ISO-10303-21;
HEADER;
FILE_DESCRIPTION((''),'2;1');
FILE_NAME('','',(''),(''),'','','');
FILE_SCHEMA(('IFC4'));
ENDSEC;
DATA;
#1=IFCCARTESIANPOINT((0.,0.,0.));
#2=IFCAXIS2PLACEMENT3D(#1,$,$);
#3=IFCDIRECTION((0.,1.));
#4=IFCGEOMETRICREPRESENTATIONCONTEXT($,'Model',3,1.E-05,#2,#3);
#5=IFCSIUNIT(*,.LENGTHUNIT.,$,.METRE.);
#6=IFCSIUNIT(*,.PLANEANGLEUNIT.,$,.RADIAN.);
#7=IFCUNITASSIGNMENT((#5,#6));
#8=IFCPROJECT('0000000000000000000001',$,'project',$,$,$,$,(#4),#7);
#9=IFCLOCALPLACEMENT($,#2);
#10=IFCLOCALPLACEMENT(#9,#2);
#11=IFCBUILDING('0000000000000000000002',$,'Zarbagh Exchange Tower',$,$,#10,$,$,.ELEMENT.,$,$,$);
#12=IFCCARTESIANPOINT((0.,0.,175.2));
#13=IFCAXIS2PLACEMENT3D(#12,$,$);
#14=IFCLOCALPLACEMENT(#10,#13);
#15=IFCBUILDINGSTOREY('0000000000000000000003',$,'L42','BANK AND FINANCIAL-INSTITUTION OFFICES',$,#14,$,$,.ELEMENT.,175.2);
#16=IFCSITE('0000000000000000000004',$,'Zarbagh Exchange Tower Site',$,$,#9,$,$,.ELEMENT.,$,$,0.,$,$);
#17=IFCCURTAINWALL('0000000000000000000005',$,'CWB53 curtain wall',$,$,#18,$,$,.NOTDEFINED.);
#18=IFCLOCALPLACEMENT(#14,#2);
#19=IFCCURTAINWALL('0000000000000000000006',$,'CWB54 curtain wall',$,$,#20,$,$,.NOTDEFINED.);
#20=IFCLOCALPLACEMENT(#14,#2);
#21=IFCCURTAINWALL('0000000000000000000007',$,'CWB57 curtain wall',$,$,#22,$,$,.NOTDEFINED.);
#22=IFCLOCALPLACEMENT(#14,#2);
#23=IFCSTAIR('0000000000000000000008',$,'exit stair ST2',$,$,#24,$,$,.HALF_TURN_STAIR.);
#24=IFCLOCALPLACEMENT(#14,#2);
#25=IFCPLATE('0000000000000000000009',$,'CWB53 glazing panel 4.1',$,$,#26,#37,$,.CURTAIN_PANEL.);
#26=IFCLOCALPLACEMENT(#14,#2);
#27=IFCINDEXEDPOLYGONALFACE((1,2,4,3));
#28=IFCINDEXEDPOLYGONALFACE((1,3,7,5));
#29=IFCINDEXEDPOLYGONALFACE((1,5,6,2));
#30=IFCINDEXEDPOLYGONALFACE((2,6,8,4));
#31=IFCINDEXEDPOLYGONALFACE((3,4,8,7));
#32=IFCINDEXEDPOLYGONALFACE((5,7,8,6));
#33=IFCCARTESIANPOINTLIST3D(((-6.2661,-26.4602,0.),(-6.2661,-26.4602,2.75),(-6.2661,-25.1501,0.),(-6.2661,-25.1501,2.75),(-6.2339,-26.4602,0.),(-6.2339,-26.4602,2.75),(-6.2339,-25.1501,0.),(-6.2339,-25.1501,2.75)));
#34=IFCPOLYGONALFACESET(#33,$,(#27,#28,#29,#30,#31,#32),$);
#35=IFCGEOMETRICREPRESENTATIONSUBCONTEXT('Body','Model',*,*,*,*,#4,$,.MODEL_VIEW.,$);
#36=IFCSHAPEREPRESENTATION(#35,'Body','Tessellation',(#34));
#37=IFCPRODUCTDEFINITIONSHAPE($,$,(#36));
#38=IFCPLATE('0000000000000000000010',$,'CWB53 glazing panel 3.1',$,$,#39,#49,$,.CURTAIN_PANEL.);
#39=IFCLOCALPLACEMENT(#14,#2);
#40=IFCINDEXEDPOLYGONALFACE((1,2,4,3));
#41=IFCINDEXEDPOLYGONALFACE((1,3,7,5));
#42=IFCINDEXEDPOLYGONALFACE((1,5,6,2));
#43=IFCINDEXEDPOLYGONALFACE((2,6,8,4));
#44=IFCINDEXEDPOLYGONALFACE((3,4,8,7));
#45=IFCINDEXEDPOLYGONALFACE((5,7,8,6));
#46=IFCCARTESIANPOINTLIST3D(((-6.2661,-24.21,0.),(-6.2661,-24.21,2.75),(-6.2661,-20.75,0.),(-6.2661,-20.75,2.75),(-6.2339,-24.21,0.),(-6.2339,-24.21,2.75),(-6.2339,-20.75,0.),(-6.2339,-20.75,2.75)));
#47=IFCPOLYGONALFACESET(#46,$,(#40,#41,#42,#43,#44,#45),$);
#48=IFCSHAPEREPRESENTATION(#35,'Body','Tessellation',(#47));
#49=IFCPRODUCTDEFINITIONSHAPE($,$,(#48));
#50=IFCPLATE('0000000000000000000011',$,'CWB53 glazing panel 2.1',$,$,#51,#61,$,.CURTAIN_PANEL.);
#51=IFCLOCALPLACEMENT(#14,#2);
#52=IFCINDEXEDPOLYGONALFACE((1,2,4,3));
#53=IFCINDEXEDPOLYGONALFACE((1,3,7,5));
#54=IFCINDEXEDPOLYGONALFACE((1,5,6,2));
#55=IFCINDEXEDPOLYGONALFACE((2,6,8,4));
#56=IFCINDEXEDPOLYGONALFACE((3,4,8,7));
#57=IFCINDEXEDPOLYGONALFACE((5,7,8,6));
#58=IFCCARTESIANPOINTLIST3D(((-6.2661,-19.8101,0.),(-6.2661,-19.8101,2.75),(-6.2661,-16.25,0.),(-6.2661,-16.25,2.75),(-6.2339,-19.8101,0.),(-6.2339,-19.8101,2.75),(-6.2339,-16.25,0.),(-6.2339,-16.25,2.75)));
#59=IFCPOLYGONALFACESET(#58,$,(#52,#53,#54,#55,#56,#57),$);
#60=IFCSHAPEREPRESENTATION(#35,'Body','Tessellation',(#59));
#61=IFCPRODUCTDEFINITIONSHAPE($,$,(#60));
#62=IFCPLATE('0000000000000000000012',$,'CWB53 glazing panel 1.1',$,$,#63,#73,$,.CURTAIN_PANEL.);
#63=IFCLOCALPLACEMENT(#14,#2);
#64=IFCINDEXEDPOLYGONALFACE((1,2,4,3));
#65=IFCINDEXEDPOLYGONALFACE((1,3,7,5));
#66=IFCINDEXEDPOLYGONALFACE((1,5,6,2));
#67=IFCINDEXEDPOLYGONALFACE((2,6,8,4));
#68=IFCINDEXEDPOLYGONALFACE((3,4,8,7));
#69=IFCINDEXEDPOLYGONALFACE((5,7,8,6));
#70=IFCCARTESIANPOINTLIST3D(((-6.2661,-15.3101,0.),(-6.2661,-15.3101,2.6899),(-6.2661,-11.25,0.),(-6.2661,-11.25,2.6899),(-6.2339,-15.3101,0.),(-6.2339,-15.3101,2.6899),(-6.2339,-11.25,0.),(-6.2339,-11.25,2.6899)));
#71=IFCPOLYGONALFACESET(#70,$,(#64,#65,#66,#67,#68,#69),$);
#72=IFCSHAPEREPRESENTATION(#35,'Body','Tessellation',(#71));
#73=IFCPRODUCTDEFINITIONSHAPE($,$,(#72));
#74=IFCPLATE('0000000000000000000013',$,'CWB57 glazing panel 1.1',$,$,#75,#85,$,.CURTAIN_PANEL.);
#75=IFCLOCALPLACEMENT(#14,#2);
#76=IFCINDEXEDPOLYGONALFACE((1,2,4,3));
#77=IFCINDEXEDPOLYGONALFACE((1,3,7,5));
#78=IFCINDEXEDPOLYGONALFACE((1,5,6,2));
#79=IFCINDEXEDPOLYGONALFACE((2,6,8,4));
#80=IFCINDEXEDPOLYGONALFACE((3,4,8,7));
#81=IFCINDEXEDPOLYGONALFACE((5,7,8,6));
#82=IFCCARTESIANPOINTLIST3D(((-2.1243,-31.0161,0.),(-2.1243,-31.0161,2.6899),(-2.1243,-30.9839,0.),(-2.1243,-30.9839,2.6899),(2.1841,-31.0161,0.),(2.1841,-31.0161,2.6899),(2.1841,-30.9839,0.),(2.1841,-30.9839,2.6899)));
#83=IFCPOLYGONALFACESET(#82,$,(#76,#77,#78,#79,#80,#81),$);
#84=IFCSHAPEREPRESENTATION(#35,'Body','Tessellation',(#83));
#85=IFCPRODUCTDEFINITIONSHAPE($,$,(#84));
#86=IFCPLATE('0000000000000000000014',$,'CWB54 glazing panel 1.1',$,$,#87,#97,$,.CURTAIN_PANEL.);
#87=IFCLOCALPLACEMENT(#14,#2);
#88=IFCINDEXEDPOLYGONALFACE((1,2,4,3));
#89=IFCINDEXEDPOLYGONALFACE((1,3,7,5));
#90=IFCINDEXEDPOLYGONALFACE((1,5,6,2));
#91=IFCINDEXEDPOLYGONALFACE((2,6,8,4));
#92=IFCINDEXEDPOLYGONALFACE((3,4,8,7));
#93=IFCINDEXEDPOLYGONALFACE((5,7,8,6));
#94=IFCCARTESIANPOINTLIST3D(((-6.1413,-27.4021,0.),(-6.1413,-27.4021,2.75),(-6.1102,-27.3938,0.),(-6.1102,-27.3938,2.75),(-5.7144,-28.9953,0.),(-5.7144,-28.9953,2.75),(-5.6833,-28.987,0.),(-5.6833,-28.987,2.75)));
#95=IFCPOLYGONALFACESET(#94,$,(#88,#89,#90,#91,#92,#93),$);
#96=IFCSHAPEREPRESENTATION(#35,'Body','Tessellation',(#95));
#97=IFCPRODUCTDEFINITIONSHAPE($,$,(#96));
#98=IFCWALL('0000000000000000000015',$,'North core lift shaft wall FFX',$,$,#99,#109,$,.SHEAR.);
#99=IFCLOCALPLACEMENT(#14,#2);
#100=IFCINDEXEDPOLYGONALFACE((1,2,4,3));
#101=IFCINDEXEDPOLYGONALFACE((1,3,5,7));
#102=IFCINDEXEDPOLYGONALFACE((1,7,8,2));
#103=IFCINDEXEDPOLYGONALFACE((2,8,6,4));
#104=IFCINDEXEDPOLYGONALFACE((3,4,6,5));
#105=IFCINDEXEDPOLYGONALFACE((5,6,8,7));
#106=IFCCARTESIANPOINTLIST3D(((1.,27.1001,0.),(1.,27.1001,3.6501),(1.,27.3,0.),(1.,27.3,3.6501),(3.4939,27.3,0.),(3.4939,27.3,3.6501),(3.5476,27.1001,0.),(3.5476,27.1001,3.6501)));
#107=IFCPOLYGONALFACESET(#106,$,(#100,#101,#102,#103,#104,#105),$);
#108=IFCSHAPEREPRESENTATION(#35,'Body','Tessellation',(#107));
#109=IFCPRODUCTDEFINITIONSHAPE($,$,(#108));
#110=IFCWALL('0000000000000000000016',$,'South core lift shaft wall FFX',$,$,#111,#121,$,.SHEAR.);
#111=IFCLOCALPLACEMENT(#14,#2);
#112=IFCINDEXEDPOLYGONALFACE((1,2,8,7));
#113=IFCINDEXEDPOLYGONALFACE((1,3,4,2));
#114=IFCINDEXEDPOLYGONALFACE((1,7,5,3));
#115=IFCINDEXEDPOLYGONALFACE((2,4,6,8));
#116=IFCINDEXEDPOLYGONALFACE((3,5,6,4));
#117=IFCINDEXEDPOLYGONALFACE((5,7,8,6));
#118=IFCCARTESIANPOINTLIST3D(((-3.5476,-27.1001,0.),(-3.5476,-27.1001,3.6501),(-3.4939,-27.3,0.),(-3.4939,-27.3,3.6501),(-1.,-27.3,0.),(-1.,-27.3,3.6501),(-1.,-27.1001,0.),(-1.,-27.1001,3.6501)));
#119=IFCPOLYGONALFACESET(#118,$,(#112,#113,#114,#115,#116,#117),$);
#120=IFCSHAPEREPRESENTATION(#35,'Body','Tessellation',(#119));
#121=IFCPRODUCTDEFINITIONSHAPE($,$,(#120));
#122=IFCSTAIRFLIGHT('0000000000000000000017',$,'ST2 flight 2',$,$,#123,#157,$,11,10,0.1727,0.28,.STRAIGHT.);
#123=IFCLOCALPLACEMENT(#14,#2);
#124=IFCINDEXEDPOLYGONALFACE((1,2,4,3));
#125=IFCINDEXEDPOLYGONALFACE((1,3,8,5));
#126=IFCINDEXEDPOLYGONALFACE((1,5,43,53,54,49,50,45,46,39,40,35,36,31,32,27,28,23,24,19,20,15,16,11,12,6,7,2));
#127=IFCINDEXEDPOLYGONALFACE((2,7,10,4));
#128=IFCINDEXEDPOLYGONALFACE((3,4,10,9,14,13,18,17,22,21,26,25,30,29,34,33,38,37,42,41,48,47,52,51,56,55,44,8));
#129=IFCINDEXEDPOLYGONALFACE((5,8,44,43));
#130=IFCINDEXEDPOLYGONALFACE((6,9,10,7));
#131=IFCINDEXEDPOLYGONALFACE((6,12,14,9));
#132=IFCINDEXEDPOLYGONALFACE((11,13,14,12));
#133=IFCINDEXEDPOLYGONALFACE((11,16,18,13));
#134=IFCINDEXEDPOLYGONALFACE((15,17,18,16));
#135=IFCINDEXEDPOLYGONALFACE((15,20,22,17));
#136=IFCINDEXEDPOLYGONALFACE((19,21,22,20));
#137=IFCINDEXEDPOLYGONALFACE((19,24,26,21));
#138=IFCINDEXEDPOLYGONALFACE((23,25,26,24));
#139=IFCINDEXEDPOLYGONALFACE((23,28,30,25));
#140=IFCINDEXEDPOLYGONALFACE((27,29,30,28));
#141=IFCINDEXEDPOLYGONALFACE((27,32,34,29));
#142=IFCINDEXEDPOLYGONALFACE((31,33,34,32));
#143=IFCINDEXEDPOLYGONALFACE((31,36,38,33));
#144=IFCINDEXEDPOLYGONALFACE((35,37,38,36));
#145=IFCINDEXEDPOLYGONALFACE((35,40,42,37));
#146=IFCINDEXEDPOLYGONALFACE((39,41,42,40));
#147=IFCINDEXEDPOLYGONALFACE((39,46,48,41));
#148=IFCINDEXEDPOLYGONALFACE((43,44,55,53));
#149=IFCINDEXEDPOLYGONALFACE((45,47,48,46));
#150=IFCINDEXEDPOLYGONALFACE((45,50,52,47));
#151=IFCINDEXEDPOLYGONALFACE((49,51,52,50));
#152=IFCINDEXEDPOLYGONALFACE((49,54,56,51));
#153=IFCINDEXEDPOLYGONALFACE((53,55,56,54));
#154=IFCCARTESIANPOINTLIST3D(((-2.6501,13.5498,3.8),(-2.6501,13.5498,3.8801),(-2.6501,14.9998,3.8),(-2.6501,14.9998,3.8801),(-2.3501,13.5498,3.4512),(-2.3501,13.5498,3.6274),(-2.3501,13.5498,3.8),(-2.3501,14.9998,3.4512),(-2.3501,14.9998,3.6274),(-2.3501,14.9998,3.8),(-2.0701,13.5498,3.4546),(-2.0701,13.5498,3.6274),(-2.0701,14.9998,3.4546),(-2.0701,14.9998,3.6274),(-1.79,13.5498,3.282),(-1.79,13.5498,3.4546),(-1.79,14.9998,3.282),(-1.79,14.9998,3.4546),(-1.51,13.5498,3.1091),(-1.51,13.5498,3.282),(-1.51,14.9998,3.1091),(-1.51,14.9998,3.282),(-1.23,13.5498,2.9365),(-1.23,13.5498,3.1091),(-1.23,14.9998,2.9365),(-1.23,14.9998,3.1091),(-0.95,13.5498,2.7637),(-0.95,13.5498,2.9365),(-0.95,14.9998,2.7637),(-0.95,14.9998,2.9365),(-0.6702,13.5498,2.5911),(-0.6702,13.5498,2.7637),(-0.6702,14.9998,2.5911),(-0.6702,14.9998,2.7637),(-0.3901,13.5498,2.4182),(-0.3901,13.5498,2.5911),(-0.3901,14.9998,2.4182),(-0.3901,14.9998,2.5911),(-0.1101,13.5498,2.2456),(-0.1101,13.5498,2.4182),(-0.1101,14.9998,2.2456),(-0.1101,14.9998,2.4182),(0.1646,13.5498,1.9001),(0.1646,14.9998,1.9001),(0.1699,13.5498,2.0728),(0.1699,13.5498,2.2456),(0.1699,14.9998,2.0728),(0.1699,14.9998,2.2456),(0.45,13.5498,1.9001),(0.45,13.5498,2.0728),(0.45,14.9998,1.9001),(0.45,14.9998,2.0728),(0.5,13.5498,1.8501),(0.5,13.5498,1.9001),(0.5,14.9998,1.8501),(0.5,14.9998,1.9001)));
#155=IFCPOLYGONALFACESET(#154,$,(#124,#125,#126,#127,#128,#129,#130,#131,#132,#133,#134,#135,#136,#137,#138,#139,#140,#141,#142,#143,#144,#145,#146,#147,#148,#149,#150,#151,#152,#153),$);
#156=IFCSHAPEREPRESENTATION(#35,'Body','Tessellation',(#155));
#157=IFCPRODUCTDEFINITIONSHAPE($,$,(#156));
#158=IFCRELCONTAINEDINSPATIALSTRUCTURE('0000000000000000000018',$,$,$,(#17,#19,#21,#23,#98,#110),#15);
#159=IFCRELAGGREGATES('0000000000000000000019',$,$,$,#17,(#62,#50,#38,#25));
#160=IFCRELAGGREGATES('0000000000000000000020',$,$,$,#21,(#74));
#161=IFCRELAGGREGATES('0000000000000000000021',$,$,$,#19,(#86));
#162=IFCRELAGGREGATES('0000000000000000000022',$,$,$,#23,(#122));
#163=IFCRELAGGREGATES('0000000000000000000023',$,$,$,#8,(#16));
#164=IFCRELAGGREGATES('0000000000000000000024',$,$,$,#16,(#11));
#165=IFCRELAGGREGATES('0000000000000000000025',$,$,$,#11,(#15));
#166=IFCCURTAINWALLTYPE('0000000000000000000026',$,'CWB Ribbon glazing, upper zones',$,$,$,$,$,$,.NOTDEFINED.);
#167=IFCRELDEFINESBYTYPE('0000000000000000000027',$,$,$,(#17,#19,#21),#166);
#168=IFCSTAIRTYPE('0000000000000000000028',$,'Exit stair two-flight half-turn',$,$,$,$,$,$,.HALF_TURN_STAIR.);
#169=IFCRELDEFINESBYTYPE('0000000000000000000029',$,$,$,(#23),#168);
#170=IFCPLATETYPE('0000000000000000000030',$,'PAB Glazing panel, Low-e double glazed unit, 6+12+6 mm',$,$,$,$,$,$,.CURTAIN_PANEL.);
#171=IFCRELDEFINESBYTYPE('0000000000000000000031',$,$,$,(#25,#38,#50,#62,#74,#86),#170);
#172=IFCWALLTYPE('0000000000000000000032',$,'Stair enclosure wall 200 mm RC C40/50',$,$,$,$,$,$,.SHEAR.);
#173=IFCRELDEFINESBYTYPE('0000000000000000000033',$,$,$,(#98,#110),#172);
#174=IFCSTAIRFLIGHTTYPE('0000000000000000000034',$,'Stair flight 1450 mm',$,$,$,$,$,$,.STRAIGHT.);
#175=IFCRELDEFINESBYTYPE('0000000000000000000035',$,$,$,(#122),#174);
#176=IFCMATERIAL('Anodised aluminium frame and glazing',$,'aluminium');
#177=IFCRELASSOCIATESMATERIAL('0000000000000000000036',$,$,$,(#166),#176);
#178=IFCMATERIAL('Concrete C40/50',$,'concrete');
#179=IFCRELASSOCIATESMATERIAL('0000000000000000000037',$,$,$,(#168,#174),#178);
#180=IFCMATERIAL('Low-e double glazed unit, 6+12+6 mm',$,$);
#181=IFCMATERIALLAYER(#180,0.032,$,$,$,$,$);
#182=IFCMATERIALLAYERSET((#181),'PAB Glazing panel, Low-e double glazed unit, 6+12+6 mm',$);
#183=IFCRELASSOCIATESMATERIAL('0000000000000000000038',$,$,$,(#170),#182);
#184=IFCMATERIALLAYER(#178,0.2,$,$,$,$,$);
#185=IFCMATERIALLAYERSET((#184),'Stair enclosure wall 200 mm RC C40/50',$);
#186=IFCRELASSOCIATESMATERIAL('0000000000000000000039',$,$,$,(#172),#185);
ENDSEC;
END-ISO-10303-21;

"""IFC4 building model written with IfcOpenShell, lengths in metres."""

from ifc_helpers import new_model, si_unit, direction, frame, origin, place, context, subcontext, project, spatial, polyline, outline, extrude, source, transform, mapped, material, layer, layer_set, type_object, element, aggregate, save


model = new_model("IFC4")

# Units and contexts
model_context = context("Model", 3, precision=1e-05, world=origin(), true_north=direction((0.0, 1.0)))
body_context = subcontext(model_context, "Body", "Model", "MODEL_VIEW")
ifc_project = project(units=[si_unit("LENGTHUNIT", "METRE"), si_unit("PLANEANGLEUNIT", "RADIAN")], contexts=[model_context])

# Site, building, storey
site_placement = place(None, origin())
site = spatial("IfcSite", under=ifc_project, at=site_placement, Name="Zarbagh Exchange Tower Site", CompositionType="ELEMENT", RefElevation=0.0)
building_placement = place(site_placement, origin())
building = spatial("IfcBuilding", under=site, at=building_placement, Name="Zarbagh Exchange Tower", CompositionType="ELEMENT")
storey_placement = place(building_placement, frame((0.0, 0.0, 175.2)))
storey = spatial("IfcBuildingStorey", under=building, at=storey_placement, Name="L42", Description="BANK AND FINANCIAL-INSTITUTION OFFICES", CompositionType="ELEMENT", Elevation=175.2)

# Curtain wall
ifc_material_1 = material(Name="Anodised aluminium frame and glazing", Category="aluminium")
curtain_wall_type = type_object("IfcCurtainWallType", Name="CWB Ribbon glazing, upper zones", PredefinedType="NOTDEFINED", material=ifc_material_1)
curtain_wall_1_placement = place(storey_placement, origin())
curtain_wall_1 = element("IfcCurtainWall", 1, at=curtain_wall_1_placement, inside=storey, type_object=curtain_wall_type, Name="CWB53 curtain wall", PredefinedType="NOTDEFINED")
placement = place(storey_placement, origin())

# Curtain wall
curtain_wall_2_placement = place(storey_placement, origin())
curtain_wall_2 = element("IfcCurtainWall", 2, at=curtain_wall_2_placement, inside=storey, type_object=curtain_wall_type, Name="CWB54 curtain wall", PredefinedType="NOTDEFINED")

# Curtain wall
curtain_wall_3_placement = place(storey_placement, origin())
curtain_wall_3 = element("IfcCurtainWall", 3, at=curtain_wall_3_placement, inside=storey, type_object=curtain_wall_type, Name="CWB57 curtain wall", PredefinedType="NOTDEFINED")

# Stair
ifc_material_2 = material(Name="Concrete C40/50", Category="concrete")
stair_type = type_object("IfcStairType", Name="Exit stair two-flight half-turn", PredefinedType="HALF_TURN_STAIR", material=ifc_material_2)
stair_1_placement = place(storey_placement, origin())
stair_1 = element("IfcStair", 4, at=stair_1_placement, inside=storey, type_object=stair_type, Name="exit stair ST2", PredefinedType="HALF_TURN_STAIR")

# Shared definitions
ifc_material_3 = material(Name="Low-e double glazed unit, 6+12+6 mm")
ifc_layer_1 = layer(ifc_material_3, 0.032)
ifc_layer_set_1 = layer_set([ifc_layer_1], Name="PAB Glazing panel, Low-e double glazed unit, 6+12+6 mm")
plate_type = type_object("IfcPlateType", Name="PAB Glazing panel, Low-e double glazed unit, 6+12+6 mm", PredefinedType="CURTAIN_PANEL", material=ifc_layer_set_1)

# Plates
shared_shape_1 = source(origin(), body_context, "Body", "SweptSolid", [
    extrude(outline(polyline([(0.0, -0.0161), (1.3101, -0.0161), (1.3101, 0.0161), (0.0, 0.0161), (0.0, -0.0161)])), origin(), (0.0, 0.0, 1.0), 2.75),
])
plate_1 = element("IfcPlate", 5, at=placement, type_object=plate_type, Name="CWB53 glazing panel 4.1", PredefinedType="CURTAIN_PANEL", context=body_context, shape_type="MappedRepresentation", body=[
    mapped(shared_shape_1, transform((-6.25, -25.1501, 0.0), x_axis=(0.0, -1.0, 0.0), y_axis=(1.0, 0.0, 0.0), z_axis=(0.0, 0.0, 1.0))),
])
shared_shape_2 = source(origin(), body_context, "Body", "SweptSolid", [
    extrude(outline(polyline([(0.0, -0.0161), (3.46, -0.0161), (3.46, 0.0161), (0.0, 0.0161), (0.0, -0.0161)])), origin(), (0.0, 0.0, 1.0), 2.75),
])
plate_2 = element("IfcPlate", 6, at=placement, type_object=plate_type, Name="CWB53 glazing panel 3.1", PredefinedType="CURTAIN_PANEL", context=body_context, shape_type="MappedRepresentation", body=[
    mapped(shared_shape_2, transform((-6.25, -20.75, 0.0), x_axis=(0.0, -1.0, 0.0), y_axis=(1.0, 0.0, 0.0), z_axis=(0.0, 0.0, 1.0))),
])
shared_shape_3 = source(origin(), body_context, "Body", "SweptSolid", [
    extrude(outline(polyline([(0.0, -0.0161), (3.5601, -0.0161), (3.5601, 0.0161), (0.0, 0.0161), (0.0, -0.0161)])), origin(), (0.0, 0.0, 1.0), 2.75),
])
plate_3 = element("IfcPlate", 7, at=placement, type_object=plate_type, Name="CWB53 glazing panel 2.1", PredefinedType="CURTAIN_PANEL", context=body_context, shape_type="MappedRepresentation", body=[
    mapped(shared_shape_3, transform((-6.25, -16.25, 0.0), x_axis=(0.0, -1.0, 0.0), y_axis=(1.0, 0.0, 0.0), z_axis=(0.0, 0.0, 1.0))),
])
shared_shape_4 = source(origin(), body_context, "Body", "SweptSolid", [
    extrude(outline(polyline([(0.0, -0.0161), (4.0601, -0.0161), (4.0601, 0.0161), (0.0, 0.0161), (0.0, -0.0161)])), origin(), (0.0, 0.0, 1.0), 2.6899),
])
plate_4 = element("IfcPlate", 8, at=placement, type_object=plate_type, Name="CWB53 glazing panel 1.1", PredefinedType="CURTAIN_PANEL", context=body_context, shape_type="MappedRepresentation", body=[
    mapped(shared_shape_4, transform((-6.25, -11.25, 0.0), x_axis=(0.0, -1.0, 0.0), y_axis=(1.0, 0.0, 0.0), z_axis=(0.0, 0.0, 1.0))),
])
aggregate(curtain_wall_1, [plate_4, plate_3, plate_2, plate_1])
shared_shape_5 = source(origin(), body_context, "Body", "SweptSolid", [
    extrude(outline(polyline([(0.0, -0.0161), (4.3083, -0.0161), (4.3083, 0.0161), (0.0, 0.0161), (0.0, -0.0161)])), origin(), (0.0, 0.0, 1.0), 2.6899),
])
plate_5 = element("IfcPlate", 9, at=placement, type_object=plate_type, Name="CWB57 glazing panel 1.1", PredefinedType="CURTAIN_PANEL", context=body_context, shape_type="MappedRepresentation", body=[
    mapped(shared_shape_5, transform((-2.1243, -31.0, 0.0), x_axis=(1.0, 0.0, 0.0), y_axis=(0.0, 1.0, 0.0), z_axis=(0.0, 0.0, 1.0))),
])
aggregate(curtain_wall_3, [plate_5])
shared_shape_6 = source(origin(), body_context, "Body", "SweptSolid", [
    extrude(outline(polyline([(0.0, -0.0161), (1.6494, -0.0161), (1.6494, 0.0161), (0.0, 0.0161), (0.0, -0.0161)])), origin(), (0.0, 0.0, 1.0), 2.75),
])
plate_6 = element("IfcPlate", 10, at=placement, type_object=plate_type, Name="CWB54 glazing panel 1.1", PredefinedType="CURTAIN_PANEL", context=body_context, shape_type="MappedRepresentation", body=[
    mapped(shared_shape_6, transform((-6.1257, -27.3979, 0.0), x_axis=(0.258825, -0.965924, 0.0), y_axis=(0.965924, 0.258825, 0.0), z_axis=(0.0, 0.0, 1.0))),
])
aggregate(curtain_wall_2, [plate_6])

# Walls
ifc_layer_2 = layer(ifc_material_2, 0.2)
ifc_layer_set_2 = layer_set([ifc_layer_2], Name="Stair enclosure wall 200 mm RC C40/50")
wall_type = type_object("IfcWallType", Name="Stair enclosure wall 200 mm RC C40/50", PredefinedType="SHEAR", material=ifc_layer_set_2)
wall_1_placement = place(storey_placement, origin())
element("IfcWall", 11, at=wall_1_placement, inside=storey, type_object=wall_type, Name="North core lift shaft wall FFX", PredefinedType="SHEAR", context=body_context, shape_type="SweptSolid", body=[
    extrude(outline(polyline([(1.0, 27.1001), (3.5476, 27.1001), (3.4939, 27.3), (1.0, 27.3), (1.0, 27.1001)])), origin(), (0.0, 0.0, 1.0), 3.6501),
])
wall_2_placement = place(storey_placement, origin())
element("IfcWall", 12, at=wall_2_placement, inside=storey, type_object=wall_type, Name="South core lift shaft wall FFX", PredefinedType="SHEAR", context=body_context, shape_type="SweptSolid", body=[
    extrude(outline(polyline([(-1.0, -27.1001), (-3.5476, -27.1001), (-3.4939, -27.3), (-1.0, -27.3), (-1.0, -27.1001)])), origin(), (0.0, 0.0, 1.0), 3.6501),
])

# Stair flight
stair_flight_type = type_object("IfcStairFlightType", Name="Stair flight 1450 mm", PredefinedType="STRAIGHT", material=ifc_material_2)
stair_flight_placement = place(storey_placement, frame((0.45, 14.2749, 1.9001), z_axis=(0.0, 0.0, 1.0), x_axis=(-1.0, 0.0, 0.0)))
stair_flight = element("IfcStairFlight", 13, at=stair_flight_placement, type_object=stair_flight_type, Name="ST2 flight 2", NumberOfRisers=11, NumberOfTreads=10, PredefinedType="STRAIGHT", RiserHeight=0.1727, TreadLength=0.28, context=body_context, shape_type="SweptSolid", body=[
    extrude(outline(polyline([(-0.05, -0.05), (-0.05, 0.0), (0.0, 0.0), (0.0, 0.1726), (0.28, 0.1726), (0.28, 0.3455), (0.5601, 0.3455), (0.5601, 0.5181), (0.8401, 0.5181), (0.8401, 0.6909), (1.1201, 0.6909), (1.1201, 0.8635), (1.3999, 0.8635), (1.3999, 1.0364), (1.6799, 1.0364), (1.6799, 1.209), (1.96, 1.209), (1.96, 1.3818), (2.24, 1.3818), (2.24, 1.5544), (2.52, 1.5544), (2.52, 1.7273), (2.8, 1.7273), (2.8, 1.8999), (3.1001, 1.98), (3.1001, 1.8999), (2.8, 1.551), (0.2854, 0.0), (-0.05, -0.05)])), frame((0.0, 0.7251, 0.0), z_axis=(0.0, -1.0, 0.0), x_axis=(1.0, 0.0, 0.0)), (0.0, 0.0, 1.0), 1.45),
])
aggregate(stair_1, [stair_flight])

save(model, "model.ifc")
